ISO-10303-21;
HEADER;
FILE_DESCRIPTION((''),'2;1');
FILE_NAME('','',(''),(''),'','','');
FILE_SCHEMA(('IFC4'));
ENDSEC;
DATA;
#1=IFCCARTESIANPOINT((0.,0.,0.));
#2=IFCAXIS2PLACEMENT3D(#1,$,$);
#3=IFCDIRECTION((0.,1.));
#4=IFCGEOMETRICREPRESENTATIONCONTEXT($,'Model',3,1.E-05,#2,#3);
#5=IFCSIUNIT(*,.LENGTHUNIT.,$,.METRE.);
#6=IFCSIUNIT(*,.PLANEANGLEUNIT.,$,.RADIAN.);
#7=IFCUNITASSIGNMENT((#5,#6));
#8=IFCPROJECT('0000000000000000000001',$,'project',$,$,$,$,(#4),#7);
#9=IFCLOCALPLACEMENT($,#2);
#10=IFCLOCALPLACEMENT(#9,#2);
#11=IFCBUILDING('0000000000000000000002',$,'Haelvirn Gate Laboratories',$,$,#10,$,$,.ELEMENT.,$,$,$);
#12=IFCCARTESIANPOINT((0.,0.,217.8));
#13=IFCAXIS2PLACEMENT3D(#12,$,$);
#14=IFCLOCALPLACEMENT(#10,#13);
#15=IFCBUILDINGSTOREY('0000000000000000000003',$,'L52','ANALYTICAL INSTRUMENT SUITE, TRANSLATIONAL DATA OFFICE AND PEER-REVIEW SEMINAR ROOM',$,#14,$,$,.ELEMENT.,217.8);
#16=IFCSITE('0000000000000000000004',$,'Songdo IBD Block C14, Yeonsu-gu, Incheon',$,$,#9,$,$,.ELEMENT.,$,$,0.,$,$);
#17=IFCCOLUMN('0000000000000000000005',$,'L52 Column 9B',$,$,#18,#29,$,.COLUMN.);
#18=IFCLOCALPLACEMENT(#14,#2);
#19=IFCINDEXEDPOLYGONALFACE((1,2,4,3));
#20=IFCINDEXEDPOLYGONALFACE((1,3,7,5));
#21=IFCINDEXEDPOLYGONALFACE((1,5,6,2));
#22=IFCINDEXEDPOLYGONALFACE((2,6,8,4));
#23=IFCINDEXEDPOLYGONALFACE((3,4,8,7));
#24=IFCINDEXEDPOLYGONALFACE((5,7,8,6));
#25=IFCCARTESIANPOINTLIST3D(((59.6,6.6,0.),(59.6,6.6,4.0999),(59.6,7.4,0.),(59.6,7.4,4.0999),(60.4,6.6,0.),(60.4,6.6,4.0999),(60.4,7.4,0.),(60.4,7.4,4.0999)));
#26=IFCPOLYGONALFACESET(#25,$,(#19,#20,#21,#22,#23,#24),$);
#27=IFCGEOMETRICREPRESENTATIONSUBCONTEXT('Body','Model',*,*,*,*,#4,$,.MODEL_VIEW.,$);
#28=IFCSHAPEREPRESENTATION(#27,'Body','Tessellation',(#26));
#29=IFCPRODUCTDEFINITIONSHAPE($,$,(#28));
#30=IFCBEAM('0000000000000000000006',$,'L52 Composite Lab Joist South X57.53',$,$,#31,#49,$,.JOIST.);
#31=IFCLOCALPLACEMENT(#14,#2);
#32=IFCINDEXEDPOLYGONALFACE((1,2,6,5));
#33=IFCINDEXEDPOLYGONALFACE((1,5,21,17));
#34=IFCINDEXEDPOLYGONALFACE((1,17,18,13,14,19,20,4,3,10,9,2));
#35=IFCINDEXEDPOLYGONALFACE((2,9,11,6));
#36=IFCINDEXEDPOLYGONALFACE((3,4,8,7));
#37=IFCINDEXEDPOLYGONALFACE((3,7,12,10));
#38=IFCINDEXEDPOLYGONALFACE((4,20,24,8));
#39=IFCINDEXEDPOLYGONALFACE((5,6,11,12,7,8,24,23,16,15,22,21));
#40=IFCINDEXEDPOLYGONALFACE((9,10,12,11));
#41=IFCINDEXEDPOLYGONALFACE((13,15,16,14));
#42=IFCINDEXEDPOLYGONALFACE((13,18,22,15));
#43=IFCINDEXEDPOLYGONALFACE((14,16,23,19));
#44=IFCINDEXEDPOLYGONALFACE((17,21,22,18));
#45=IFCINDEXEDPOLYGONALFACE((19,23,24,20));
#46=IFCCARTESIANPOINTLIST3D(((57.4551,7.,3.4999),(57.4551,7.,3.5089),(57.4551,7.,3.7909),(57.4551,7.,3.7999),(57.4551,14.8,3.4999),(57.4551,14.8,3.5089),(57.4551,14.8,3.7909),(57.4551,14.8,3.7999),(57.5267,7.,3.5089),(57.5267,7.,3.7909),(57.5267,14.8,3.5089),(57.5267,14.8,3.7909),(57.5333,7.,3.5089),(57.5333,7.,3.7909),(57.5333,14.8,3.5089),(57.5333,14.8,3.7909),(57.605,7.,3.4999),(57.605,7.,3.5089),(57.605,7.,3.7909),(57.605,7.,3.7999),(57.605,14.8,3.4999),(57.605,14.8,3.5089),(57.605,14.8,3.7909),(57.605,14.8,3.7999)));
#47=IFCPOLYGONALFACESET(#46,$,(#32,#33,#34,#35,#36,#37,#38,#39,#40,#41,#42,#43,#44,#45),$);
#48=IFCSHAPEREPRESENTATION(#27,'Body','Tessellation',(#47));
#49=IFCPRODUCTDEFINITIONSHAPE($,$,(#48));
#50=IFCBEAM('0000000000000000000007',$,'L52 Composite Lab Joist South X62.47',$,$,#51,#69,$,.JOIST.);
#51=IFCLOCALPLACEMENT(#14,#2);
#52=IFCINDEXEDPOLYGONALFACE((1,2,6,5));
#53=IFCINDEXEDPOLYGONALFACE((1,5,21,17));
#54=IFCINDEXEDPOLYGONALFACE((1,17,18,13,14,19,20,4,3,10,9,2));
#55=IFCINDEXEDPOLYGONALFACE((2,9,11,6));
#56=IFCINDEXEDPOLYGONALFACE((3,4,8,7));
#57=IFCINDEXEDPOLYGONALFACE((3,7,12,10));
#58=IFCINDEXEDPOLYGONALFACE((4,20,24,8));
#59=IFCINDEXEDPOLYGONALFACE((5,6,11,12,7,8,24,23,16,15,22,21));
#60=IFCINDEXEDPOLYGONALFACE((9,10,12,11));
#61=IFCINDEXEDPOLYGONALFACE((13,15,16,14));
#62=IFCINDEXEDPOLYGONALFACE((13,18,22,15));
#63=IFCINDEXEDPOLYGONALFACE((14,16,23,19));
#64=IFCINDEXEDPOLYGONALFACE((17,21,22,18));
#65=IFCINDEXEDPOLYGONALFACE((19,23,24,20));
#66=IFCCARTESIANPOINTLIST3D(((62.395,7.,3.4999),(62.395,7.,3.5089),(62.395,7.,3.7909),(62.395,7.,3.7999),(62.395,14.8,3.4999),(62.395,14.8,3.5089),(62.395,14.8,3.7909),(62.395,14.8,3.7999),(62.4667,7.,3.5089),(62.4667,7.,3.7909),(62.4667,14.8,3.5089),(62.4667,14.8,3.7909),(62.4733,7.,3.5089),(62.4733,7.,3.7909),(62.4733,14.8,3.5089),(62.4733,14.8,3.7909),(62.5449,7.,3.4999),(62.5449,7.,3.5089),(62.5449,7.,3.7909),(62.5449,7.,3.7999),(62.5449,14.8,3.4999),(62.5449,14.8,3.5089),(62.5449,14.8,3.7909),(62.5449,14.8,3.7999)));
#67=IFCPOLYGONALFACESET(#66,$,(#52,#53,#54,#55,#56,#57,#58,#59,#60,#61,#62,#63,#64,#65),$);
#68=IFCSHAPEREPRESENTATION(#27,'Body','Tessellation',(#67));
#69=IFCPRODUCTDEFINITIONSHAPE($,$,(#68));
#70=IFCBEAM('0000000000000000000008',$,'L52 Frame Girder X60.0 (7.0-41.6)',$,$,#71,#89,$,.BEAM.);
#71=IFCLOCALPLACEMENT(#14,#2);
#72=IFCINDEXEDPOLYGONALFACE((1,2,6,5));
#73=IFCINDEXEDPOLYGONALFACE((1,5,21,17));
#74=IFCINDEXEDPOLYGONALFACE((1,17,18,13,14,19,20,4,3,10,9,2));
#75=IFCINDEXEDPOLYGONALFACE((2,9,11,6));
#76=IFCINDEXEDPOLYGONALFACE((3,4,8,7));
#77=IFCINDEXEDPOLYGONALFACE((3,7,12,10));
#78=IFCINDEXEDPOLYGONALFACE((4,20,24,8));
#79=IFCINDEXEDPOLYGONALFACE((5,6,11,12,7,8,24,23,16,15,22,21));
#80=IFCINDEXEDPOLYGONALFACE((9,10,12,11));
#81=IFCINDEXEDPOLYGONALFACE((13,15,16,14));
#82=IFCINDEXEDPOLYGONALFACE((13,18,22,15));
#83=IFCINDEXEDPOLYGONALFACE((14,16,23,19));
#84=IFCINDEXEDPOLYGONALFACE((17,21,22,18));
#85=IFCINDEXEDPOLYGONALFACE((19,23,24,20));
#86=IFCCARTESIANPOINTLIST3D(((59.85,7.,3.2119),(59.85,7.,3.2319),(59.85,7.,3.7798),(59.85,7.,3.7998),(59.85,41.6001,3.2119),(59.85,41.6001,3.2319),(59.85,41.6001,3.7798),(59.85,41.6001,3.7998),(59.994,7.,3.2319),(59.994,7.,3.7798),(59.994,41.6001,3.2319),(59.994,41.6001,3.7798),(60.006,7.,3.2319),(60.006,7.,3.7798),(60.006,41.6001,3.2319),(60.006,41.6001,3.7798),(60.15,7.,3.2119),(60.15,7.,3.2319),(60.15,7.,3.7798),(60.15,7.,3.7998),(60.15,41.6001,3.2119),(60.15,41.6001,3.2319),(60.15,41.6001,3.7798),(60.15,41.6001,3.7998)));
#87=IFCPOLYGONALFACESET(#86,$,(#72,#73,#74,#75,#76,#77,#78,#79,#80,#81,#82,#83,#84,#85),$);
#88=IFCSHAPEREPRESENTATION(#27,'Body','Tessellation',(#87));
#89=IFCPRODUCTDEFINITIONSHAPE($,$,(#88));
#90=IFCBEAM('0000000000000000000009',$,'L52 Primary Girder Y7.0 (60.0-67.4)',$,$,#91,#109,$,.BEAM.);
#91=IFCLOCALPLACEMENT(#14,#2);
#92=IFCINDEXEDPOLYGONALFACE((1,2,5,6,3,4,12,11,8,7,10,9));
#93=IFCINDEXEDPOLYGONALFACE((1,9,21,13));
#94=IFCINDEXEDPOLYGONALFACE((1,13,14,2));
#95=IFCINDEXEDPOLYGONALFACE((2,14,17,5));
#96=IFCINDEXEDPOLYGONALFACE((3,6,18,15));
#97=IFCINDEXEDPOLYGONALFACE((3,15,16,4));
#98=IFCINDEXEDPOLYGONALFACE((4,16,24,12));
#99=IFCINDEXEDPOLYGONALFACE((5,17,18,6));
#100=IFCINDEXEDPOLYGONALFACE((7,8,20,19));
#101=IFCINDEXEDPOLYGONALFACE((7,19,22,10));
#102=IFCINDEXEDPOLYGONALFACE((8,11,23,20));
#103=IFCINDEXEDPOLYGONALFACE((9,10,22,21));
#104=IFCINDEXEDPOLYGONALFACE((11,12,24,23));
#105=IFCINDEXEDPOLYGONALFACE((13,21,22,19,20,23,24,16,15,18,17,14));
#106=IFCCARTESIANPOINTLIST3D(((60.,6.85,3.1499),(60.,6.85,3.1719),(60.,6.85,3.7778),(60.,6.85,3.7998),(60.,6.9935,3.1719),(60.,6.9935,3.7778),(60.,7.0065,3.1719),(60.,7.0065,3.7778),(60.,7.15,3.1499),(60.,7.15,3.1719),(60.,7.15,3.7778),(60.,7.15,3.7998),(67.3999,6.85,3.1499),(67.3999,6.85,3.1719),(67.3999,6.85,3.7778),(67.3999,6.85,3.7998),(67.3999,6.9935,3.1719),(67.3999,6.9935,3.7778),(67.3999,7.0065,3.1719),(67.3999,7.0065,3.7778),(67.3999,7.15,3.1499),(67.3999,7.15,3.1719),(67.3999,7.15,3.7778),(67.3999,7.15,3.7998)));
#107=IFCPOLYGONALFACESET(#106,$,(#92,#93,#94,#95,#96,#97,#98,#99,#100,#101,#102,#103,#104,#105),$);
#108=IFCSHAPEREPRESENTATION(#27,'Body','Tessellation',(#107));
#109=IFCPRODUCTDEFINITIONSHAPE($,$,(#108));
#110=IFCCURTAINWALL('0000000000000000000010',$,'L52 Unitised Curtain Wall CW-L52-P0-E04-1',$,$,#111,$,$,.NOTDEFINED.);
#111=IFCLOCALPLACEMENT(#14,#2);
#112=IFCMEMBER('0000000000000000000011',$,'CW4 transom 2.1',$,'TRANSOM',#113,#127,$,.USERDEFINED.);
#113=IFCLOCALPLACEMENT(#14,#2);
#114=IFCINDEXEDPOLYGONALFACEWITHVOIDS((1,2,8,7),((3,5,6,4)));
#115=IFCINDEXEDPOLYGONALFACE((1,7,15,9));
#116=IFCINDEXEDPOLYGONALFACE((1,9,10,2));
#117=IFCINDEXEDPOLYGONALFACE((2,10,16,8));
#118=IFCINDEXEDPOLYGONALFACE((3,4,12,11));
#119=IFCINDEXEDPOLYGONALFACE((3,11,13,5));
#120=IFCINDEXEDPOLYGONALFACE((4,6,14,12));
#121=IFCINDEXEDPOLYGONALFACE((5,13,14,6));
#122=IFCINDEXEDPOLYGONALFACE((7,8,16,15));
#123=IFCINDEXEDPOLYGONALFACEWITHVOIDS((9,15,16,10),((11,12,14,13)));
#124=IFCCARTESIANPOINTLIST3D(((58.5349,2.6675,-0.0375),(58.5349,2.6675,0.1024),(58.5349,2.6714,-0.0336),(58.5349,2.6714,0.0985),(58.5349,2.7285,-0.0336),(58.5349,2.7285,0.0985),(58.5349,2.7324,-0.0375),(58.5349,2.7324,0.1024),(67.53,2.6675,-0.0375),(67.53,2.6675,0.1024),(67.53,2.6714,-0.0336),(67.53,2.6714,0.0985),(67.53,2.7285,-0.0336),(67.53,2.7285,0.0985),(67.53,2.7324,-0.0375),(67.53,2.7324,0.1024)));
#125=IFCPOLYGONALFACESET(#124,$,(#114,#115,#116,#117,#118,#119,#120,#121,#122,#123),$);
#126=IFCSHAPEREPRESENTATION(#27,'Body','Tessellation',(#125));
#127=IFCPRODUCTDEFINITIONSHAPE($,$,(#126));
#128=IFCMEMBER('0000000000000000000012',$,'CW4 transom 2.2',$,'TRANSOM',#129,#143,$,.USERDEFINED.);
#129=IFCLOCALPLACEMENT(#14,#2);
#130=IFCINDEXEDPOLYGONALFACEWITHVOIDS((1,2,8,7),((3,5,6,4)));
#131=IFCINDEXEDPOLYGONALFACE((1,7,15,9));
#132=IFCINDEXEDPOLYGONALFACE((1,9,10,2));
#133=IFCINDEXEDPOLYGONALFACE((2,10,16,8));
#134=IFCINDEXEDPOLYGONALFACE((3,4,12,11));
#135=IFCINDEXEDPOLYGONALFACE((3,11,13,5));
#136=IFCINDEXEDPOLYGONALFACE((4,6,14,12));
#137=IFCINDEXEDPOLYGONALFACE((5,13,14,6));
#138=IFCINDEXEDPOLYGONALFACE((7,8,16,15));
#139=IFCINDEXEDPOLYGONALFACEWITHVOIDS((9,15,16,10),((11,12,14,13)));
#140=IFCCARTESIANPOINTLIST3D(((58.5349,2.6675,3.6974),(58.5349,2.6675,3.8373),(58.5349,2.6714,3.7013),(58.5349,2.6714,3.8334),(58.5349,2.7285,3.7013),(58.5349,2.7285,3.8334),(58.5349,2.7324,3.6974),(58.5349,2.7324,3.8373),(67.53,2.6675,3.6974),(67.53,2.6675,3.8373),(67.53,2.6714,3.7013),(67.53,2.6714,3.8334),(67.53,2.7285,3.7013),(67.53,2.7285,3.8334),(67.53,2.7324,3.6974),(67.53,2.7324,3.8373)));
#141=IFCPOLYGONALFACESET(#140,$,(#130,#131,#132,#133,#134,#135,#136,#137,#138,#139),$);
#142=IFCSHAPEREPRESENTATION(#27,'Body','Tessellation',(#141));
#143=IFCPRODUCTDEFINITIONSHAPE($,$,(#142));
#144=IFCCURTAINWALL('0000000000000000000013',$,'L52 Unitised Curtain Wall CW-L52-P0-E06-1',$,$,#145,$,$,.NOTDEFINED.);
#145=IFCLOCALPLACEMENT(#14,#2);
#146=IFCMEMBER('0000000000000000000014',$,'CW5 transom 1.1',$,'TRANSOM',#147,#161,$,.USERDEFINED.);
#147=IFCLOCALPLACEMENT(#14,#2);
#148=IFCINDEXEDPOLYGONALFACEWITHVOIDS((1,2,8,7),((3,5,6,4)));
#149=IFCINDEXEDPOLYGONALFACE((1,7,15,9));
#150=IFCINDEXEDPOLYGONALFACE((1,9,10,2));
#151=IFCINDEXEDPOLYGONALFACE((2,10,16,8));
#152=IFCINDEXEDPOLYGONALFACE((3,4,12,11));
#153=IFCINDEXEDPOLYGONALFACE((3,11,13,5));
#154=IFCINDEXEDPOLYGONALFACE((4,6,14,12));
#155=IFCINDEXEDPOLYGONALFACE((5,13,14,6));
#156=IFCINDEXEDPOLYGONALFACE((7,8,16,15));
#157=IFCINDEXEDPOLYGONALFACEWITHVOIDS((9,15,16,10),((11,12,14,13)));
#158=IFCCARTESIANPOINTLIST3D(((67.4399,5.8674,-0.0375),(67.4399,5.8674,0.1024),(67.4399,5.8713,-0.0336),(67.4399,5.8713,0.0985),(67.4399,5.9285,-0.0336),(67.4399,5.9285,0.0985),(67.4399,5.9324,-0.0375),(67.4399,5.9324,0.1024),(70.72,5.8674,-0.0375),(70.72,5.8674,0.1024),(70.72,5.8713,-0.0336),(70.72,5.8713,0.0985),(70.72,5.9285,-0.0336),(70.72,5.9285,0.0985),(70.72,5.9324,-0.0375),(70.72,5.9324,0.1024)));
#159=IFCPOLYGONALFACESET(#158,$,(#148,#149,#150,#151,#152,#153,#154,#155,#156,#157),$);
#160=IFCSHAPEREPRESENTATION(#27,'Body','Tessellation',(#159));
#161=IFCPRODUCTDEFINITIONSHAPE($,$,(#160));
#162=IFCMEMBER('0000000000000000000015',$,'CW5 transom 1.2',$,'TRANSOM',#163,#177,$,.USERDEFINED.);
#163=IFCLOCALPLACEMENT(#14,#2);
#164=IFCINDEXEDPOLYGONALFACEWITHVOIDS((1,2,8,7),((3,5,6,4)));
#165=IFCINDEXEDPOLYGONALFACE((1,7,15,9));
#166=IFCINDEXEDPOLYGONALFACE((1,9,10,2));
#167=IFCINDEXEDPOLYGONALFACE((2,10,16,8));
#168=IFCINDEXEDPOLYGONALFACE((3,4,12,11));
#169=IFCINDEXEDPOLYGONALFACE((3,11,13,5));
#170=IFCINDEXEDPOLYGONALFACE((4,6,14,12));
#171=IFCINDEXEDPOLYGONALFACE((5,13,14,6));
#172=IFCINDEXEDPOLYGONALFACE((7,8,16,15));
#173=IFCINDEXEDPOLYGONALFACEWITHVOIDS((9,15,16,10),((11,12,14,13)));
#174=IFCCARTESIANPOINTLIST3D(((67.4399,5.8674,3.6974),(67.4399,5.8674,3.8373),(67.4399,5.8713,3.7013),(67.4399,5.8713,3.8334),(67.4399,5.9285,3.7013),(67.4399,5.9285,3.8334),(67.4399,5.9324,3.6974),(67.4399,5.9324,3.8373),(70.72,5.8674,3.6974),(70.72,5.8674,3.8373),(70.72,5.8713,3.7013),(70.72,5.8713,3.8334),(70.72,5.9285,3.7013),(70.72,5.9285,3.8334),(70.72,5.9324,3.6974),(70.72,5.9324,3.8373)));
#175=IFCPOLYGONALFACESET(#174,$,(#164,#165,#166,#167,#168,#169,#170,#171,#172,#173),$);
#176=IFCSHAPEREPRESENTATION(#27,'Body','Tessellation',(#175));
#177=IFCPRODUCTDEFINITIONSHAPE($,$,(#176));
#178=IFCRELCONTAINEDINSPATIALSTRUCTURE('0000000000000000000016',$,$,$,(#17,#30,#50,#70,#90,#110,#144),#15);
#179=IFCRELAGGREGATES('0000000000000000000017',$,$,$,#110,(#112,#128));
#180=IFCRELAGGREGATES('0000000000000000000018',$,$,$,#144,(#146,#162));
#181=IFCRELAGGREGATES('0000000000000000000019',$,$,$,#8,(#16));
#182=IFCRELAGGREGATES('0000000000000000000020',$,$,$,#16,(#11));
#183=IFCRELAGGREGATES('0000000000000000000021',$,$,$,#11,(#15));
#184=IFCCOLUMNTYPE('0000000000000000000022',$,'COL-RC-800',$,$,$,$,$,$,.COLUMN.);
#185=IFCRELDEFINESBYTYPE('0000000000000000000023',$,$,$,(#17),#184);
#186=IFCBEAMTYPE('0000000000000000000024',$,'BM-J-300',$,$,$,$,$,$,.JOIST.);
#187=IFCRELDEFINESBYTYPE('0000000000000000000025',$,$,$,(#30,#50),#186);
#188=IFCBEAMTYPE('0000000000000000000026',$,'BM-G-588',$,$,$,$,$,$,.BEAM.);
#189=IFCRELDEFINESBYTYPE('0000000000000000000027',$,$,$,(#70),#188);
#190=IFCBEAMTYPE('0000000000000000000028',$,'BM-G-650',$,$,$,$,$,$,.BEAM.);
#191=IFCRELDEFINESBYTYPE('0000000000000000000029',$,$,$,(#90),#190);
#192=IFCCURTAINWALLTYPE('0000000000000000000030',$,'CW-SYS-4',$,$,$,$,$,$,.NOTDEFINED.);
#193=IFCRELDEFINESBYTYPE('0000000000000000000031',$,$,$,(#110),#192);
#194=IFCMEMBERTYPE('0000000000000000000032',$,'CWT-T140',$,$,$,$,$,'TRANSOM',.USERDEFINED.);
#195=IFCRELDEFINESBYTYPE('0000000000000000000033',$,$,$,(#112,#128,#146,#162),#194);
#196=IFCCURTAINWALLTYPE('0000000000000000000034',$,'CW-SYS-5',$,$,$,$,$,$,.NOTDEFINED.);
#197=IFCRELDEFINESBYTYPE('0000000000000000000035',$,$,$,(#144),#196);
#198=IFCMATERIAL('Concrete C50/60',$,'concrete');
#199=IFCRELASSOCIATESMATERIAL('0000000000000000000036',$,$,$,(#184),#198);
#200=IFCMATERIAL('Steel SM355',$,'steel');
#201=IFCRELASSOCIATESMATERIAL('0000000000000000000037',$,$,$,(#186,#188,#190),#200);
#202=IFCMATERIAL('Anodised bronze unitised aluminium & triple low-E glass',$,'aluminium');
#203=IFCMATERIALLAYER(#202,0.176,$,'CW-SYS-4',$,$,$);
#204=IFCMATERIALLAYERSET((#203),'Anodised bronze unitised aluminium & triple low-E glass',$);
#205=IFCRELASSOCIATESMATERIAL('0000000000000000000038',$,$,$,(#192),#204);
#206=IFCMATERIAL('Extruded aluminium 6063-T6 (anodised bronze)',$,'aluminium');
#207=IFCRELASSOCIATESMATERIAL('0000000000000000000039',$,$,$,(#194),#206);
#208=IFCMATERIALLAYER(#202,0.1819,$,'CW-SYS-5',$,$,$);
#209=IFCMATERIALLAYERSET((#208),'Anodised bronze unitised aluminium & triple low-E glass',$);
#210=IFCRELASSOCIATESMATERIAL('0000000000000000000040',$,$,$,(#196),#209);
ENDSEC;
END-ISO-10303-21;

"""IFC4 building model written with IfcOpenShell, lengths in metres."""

from ifc_helpers import new_model, si_unit, direction, frame, origin, origin_2d, place, context, subcontext, project, spatial, rectangle, hollow_rectangle, i_section, extrude, source, transform, mapped, material, layer, layer_set, material_profile, profile_set, type_object, type_shapes, element, aggregate, save


model = new_model("IFC4")

# Units and contexts
model_context = context("Model", 3, precision=1e-05, world=origin(), true_north=direction((0.0, 1.0)))
body_context = subcontext(model_context, "Body", "Model", "MODEL_VIEW")
ifc_project = project(units=[si_unit("LENGTHUNIT", "METRE"), si_unit("PLANEANGLEUNIT", "RADIAN")], contexts=[model_context])

# Site, building, storey
site_placement = place(None, origin())
site = spatial("IfcSite", under=ifc_project, at=site_placement, Name="Songdo IBD Block C14, Yeonsu-gu, Incheon", CompositionType="ELEMENT", RefElevation=0.0)
building_placement = place(site_placement, origin())
building = spatial("IfcBuilding", under=site, at=building_placement, Name="Haelvirn Gate Laboratories", CompositionType="ELEMENT")
storey_placement = place(building_placement, frame((0.0, 0.0, 217.8)))
storey = spatial("IfcBuildingStorey", under=building, at=storey_placement, Name="L52", Description="ANALYTICAL INSTRUMENT SUITE, TRANSLATIONAL DATA OFFICE AND PEER-REVIEW SEMINAR ROOM", CompositionType="ELEMENT", Elevation=217.8)

# Column
ifc_material_1 = material(Name="Concrete C50/60", Category="concrete")
ifc_material_profile_1 = material_profile(ifc_material_1, rectangle(XDim=0.8, YDim=0.8, at=origin_2d()), Name="RC-800x800")
ifc_profile_set_1 = profile_set([ifc_material_profile_1], Name="Concrete C50/60")
column_type = type_object("IfcColumnType", Name="COL-RC-800", PredefinedType="COLUMN", material=ifc_profile_set_1)
shared_shape_1 = source(origin(), body_context, "Body", "SweptSolid", [
    extrude(rectangle(XDim=0.8, YDim=0.8, at=origin_2d()), origin(), (0.0, 0.0, 1.0), 4.0999),
])
type_shapes(column_type, [shared_shape_1])
column_placement = place(storey_placement, frame((60.0, 7.0, 0.0), z_axis=(0.0, 0.0, 1.0), x_axis=(1.0, 0.0, 0.0)))
element("IfcColumn", 1, at=column_placement, inside=storey, type_object=column_type, Name="L52 Column 9B", PredefinedType="COLUMN", context=body_context, shape_type="MappedRepresentation", body=[
    mapped(shared_shape_1, transform((0.0, 0.0, 0.0), scale=1.0)),
])

# Beams
ifc_material_2 = material(Name="Steel SM355", Category="steel")
ifc_material_profile_2 = material_profile(ifc_material_2, i_section(OverallWidth=0.1499, OverallDepth=0.3, WebThickness=0.0066, FlangeThickness=0.009, at=origin_2d()), Name="H-300x150x6.5x9")
ifc_profile_set_2 = profile_set([ifc_material_profile_2], Name="Steel SM355")
beam_type_1 = type_object("IfcBeamType", Name="BM-J-300", PredefinedType="JOIST", material=ifc_profile_set_2)
shared_shape_2 = source(origin(), body_context, "Body", "SweptSolid", [
    extrude(i_section(OverallWidth=0.1499, OverallDepth=0.3, WebThickness=0.0066, FlangeThickness=0.009, at=origin_2d()), origin(), (0.0, 0.0, 1.0), 7.8),
])
type_shapes(beam_type_1, [shared_shape_2])
for number, where, z_axis, x_axis, name in (
    (2, (57.53, 7.0, 3.6499), (0.0, 1.0, 0.0), (-1.0, 0.0, 0.0), "L52 Composite Lab Joist South X57.53"),
    (3, (62.47, 7.0, 3.6499), (0.0, 1.0, 0.0), (-1.0, 0.0, 0.0), "L52 Composite Lab Joist South X62.47"),
):
    element("IfcBeam", number, at=place(storey_placement, frame(where, z_axis=z_axis, x_axis=x_axis)), inside=storey, type_object=beam_type_1, Name=name, PredefinedType="JOIST", context=body_context, shape_type="MappedRepresentation", body=[
        mapped(shared_shape_2, transform((0.0, 0.0, 0.0), scale=1.0)),
    ])
ifc_material_profile_3 = material_profile(ifc_material_2, i_section(OverallWidth=0.3, OverallDepth=0.5879, WebThickness=0.012, FlangeThickness=0.02, at=origin_2d()), Name="H-588x300x12x20")
ifc_profile_set_3 = profile_set([ifc_material_profile_3], Name="Steel SM355")
beam_type_2 = type_object("IfcBeamType", Name="BM-G-588", PredefinedType="BEAM", material=ifc_profile_set_3)
shared_shape_3 = source(origin(), body_context, "Body", "SweptSolid", [
    extrude(i_section(OverallWidth=0.3, OverallDepth=0.5879, WebThickness=0.012, FlangeThickness=0.02, at=origin_2d()), origin(), (0.0, 0.0, 1.0), 34.6001),
])
type_shapes(beam_type_2, [shared_shape_3])
beam_1_placement = place(storey_placement, frame((60.0, 7.0, 3.5059), z_axis=(0.0, 1.0, 0.0), x_axis=(-1.0, 0.0, 0.0)))
element("IfcBeam", 4, at=beam_1_placement, inside=storey, type_object=beam_type_2, Name="L52 Frame Girder X60.0 (7.0-41.6)", PredefinedType="BEAM", context=body_context, shape_type="MappedRepresentation", body=[
    mapped(shared_shape_3, transform((0.0, 0.0, 0.0), scale=1.0)),
])
ifc_material_profile_4 = material_profile(ifc_material_2, i_section(OverallWidth=0.3, OverallDepth=0.6499, WebThickness=0.0129, FlangeThickness=0.022, at=origin_2d()), Name="H-650x300x13x22")
ifc_profile_set_4 = profile_set([ifc_material_profile_4], Name="Steel SM355")
beam_type_3 = type_object("IfcBeamType", Name="BM-G-650", PredefinedType="BEAM", material=ifc_profile_set_4)
shared_shape_4 = source(origin(), body_context, "Body", "SweptSolid", [
    extrude(i_section(OverallWidth=0.3, OverallDepth=0.6499, WebThickness=0.0129, FlangeThickness=0.022, at=origin_2d()), origin(), (0.0, 0.0, 1.0), 7.3999),
])
type_shapes(beam_type_3, [shared_shape_4])
beam_2_placement = place(storey_placement, frame((60.0, 7.0, 3.4749), z_axis=(1.0, 0.0, 0.0), x_axis=(0.0, 1.0, 0.0)))
element("IfcBeam", 5, at=beam_2_placement, inside=storey, type_object=beam_type_3, Name="L52 Primary Girder Y7.0 (60.0-67.4)", PredefinedType="BEAM", context=body_context, shape_type="MappedRepresentation", body=[
    mapped(shared_shape_4, transform((0.0, 0.0, 0.0), scale=1.0)),
])

# Curtain walls, members
ifc_material_3 = material(Name="Anodised bronze unitised aluminium & triple low-E glass", Category="aluminium")
ifc_layer_1 = layer(ifc_material_3, 0.176, Name="CW-SYS-4")
ifc_layer_set_1 = layer_set([ifc_layer_1], Name="Anodised bronze unitised aluminium & triple low-E glass")
curtain_wall_type_1 = type_object("IfcCurtainWallType", Name="CW-SYS-4", PredefinedType="NOTDEFINED", material=ifc_layer_set_1)
curtain_wall_1_placement = place(storey_placement, origin())
curtain_wall_1 = element("IfcCurtainWall", 6, at=curtain_wall_1_placement, inside=storey, type_object=curtain_wall_type_1, Name="L52 Unitised Curtain Wall CW-L52-P0-E04-1", PredefinedType="NOTDEFINED")
ifc_material_4 = material(Name="Extruded aluminium 6063-T6 (anodised bronze)", Category="aluminium")
ifc_material_profile_5 = material_profile(ifc_material_4, hollow_rectangle(XDim=0.0649, YDim=0.1399, WallThickness=0.0039, at=origin_2d()), Name="CWT-140x65x4")
ifc_profile_set_5 = profile_set([ifc_material_profile_5], Name="Extruded aluminium 6063-T6 (anodised bronze)")
member_type_1 = type_object("IfcMemberType", Name="CWT-T140", ElementType="TRANSOM", PredefinedType="USERDEFINED", material=ifc_profile_set_5)
shared_shape_5 = source(origin(), body_context, "Body", "SweptSolid", [
    extrude(hollow_rectangle(XDim=0.0649, YDim=0.1399, WallThickness=0.0039, at=origin_2d()), origin(), (0.0, 0.0, 1.0), 8.9951),
])
member_1_placement = place(storey_placement, frame((58.5349, 2.7, 0.0325), z_axis=(1.0, 0.0, 0.0), x_axis=(0.0, 1.0, 0.0)))
member_1 = element("IfcMember", 7, at=member_1_placement, type_object=member_type_1, Name="CW4 transom 2.1", ObjectType="TRANSOM", PredefinedType="USERDEFINED", context=body_context, shape_type="MappedRepresentation", body=[
    mapped(shared_shape_5, transform((0.0, 0.0, 0.0), scale=1.0)),
])
member_2_placement = place(storey_placement, frame((58.5349, 2.7, 3.7673), z_axis=(1.0, 0.0, 0.0), x_axis=(0.0, 1.0, 0.0)))
member_2 = element("IfcMember", 8, at=member_2_placement, type_object=member_type_1, Name="CW4 transom 2.2", ObjectType="TRANSOM", PredefinedType="USERDEFINED", context=body_context, shape_type="MappedRepresentation", body=[
    mapped(shared_shape_5, transform((0.0, 0.0, 0.0), scale=1.0)),
])
ifc_layer_2 = layer(ifc_material_3, 0.1819, Name="CW-SYS-5")
ifc_layer_set_2 = layer_set([ifc_layer_2], Name="Anodised bronze unitised aluminium & triple low-E glass")
curtain_wall_type_2 = type_object("IfcCurtainWallType", Name="CW-SYS-5", PredefinedType="NOTDEFINED", material=ifc_layer_set_2)
curtain_wall_2_placement = place(storey_placement, origin())
curtain_wall_2 = element("IfcCurtainWall", 9, at=curtain_wall_2_placement, inside=storey, type_object=curtain_wall_type_2, Name="L52 Unitised Curtain Wall CW-L52-P0-E06-1", PredefinedType="NOTDEFINED")
shared_shape_6 = source(origin(), body_context, "Body", "SweptSolid", [
    extrude(hollow_rectangle(XDim=0.0649, YDim=0.1399, WallThickness=0.0039, at=origin_2d()), origin(), (0.0, 0.0, 1.0), 3.28),
])
member_3_placement = place(storey_placement, frame((67.4399, 5.8999, 0.0325), z_axis=(1.0, 0.0, 0.0), x_axis=(0.0, 1.0, 0.0)))
member_3 = element("IfcMember", 10, at=member_3_placement, type_object=member_type_1, Name="CW5 transom 1.1", ObjectType="TRANSOM", PredefinedType="USERDEFINED", context=body_context, shape_type="MappedRepresentation", body=[
    mapped(shared_shape_6, transform((0.0, 0.0, 0.0), scale=1.0)),
])
member_4_placement = place(storey_placement, frame((67.4399, 5.8999, 3.7673), z_axis=(1.0, 0.0, 0.0), x_axis=(0.0, 1.0, 0.0)))
member_4 = element("IfcMember", 11, at=member_4_placement, type_object=member_type_1, Name="CW5 transom 1.2", ObjectType="TRANSOM", PredefinedType="USERDEFINED", context=body_context, shape_type="MappedRepresentation", body=[
    mapped(shared_shape_6, transform((0.0, 0.0, 0.0), scale=1.0)),
])

aggregate(curtain_wall_1, [member_1, member_2])
aggregate(curtain_wall_2, [member_3, member_4])

save(model, "model.ifc")
